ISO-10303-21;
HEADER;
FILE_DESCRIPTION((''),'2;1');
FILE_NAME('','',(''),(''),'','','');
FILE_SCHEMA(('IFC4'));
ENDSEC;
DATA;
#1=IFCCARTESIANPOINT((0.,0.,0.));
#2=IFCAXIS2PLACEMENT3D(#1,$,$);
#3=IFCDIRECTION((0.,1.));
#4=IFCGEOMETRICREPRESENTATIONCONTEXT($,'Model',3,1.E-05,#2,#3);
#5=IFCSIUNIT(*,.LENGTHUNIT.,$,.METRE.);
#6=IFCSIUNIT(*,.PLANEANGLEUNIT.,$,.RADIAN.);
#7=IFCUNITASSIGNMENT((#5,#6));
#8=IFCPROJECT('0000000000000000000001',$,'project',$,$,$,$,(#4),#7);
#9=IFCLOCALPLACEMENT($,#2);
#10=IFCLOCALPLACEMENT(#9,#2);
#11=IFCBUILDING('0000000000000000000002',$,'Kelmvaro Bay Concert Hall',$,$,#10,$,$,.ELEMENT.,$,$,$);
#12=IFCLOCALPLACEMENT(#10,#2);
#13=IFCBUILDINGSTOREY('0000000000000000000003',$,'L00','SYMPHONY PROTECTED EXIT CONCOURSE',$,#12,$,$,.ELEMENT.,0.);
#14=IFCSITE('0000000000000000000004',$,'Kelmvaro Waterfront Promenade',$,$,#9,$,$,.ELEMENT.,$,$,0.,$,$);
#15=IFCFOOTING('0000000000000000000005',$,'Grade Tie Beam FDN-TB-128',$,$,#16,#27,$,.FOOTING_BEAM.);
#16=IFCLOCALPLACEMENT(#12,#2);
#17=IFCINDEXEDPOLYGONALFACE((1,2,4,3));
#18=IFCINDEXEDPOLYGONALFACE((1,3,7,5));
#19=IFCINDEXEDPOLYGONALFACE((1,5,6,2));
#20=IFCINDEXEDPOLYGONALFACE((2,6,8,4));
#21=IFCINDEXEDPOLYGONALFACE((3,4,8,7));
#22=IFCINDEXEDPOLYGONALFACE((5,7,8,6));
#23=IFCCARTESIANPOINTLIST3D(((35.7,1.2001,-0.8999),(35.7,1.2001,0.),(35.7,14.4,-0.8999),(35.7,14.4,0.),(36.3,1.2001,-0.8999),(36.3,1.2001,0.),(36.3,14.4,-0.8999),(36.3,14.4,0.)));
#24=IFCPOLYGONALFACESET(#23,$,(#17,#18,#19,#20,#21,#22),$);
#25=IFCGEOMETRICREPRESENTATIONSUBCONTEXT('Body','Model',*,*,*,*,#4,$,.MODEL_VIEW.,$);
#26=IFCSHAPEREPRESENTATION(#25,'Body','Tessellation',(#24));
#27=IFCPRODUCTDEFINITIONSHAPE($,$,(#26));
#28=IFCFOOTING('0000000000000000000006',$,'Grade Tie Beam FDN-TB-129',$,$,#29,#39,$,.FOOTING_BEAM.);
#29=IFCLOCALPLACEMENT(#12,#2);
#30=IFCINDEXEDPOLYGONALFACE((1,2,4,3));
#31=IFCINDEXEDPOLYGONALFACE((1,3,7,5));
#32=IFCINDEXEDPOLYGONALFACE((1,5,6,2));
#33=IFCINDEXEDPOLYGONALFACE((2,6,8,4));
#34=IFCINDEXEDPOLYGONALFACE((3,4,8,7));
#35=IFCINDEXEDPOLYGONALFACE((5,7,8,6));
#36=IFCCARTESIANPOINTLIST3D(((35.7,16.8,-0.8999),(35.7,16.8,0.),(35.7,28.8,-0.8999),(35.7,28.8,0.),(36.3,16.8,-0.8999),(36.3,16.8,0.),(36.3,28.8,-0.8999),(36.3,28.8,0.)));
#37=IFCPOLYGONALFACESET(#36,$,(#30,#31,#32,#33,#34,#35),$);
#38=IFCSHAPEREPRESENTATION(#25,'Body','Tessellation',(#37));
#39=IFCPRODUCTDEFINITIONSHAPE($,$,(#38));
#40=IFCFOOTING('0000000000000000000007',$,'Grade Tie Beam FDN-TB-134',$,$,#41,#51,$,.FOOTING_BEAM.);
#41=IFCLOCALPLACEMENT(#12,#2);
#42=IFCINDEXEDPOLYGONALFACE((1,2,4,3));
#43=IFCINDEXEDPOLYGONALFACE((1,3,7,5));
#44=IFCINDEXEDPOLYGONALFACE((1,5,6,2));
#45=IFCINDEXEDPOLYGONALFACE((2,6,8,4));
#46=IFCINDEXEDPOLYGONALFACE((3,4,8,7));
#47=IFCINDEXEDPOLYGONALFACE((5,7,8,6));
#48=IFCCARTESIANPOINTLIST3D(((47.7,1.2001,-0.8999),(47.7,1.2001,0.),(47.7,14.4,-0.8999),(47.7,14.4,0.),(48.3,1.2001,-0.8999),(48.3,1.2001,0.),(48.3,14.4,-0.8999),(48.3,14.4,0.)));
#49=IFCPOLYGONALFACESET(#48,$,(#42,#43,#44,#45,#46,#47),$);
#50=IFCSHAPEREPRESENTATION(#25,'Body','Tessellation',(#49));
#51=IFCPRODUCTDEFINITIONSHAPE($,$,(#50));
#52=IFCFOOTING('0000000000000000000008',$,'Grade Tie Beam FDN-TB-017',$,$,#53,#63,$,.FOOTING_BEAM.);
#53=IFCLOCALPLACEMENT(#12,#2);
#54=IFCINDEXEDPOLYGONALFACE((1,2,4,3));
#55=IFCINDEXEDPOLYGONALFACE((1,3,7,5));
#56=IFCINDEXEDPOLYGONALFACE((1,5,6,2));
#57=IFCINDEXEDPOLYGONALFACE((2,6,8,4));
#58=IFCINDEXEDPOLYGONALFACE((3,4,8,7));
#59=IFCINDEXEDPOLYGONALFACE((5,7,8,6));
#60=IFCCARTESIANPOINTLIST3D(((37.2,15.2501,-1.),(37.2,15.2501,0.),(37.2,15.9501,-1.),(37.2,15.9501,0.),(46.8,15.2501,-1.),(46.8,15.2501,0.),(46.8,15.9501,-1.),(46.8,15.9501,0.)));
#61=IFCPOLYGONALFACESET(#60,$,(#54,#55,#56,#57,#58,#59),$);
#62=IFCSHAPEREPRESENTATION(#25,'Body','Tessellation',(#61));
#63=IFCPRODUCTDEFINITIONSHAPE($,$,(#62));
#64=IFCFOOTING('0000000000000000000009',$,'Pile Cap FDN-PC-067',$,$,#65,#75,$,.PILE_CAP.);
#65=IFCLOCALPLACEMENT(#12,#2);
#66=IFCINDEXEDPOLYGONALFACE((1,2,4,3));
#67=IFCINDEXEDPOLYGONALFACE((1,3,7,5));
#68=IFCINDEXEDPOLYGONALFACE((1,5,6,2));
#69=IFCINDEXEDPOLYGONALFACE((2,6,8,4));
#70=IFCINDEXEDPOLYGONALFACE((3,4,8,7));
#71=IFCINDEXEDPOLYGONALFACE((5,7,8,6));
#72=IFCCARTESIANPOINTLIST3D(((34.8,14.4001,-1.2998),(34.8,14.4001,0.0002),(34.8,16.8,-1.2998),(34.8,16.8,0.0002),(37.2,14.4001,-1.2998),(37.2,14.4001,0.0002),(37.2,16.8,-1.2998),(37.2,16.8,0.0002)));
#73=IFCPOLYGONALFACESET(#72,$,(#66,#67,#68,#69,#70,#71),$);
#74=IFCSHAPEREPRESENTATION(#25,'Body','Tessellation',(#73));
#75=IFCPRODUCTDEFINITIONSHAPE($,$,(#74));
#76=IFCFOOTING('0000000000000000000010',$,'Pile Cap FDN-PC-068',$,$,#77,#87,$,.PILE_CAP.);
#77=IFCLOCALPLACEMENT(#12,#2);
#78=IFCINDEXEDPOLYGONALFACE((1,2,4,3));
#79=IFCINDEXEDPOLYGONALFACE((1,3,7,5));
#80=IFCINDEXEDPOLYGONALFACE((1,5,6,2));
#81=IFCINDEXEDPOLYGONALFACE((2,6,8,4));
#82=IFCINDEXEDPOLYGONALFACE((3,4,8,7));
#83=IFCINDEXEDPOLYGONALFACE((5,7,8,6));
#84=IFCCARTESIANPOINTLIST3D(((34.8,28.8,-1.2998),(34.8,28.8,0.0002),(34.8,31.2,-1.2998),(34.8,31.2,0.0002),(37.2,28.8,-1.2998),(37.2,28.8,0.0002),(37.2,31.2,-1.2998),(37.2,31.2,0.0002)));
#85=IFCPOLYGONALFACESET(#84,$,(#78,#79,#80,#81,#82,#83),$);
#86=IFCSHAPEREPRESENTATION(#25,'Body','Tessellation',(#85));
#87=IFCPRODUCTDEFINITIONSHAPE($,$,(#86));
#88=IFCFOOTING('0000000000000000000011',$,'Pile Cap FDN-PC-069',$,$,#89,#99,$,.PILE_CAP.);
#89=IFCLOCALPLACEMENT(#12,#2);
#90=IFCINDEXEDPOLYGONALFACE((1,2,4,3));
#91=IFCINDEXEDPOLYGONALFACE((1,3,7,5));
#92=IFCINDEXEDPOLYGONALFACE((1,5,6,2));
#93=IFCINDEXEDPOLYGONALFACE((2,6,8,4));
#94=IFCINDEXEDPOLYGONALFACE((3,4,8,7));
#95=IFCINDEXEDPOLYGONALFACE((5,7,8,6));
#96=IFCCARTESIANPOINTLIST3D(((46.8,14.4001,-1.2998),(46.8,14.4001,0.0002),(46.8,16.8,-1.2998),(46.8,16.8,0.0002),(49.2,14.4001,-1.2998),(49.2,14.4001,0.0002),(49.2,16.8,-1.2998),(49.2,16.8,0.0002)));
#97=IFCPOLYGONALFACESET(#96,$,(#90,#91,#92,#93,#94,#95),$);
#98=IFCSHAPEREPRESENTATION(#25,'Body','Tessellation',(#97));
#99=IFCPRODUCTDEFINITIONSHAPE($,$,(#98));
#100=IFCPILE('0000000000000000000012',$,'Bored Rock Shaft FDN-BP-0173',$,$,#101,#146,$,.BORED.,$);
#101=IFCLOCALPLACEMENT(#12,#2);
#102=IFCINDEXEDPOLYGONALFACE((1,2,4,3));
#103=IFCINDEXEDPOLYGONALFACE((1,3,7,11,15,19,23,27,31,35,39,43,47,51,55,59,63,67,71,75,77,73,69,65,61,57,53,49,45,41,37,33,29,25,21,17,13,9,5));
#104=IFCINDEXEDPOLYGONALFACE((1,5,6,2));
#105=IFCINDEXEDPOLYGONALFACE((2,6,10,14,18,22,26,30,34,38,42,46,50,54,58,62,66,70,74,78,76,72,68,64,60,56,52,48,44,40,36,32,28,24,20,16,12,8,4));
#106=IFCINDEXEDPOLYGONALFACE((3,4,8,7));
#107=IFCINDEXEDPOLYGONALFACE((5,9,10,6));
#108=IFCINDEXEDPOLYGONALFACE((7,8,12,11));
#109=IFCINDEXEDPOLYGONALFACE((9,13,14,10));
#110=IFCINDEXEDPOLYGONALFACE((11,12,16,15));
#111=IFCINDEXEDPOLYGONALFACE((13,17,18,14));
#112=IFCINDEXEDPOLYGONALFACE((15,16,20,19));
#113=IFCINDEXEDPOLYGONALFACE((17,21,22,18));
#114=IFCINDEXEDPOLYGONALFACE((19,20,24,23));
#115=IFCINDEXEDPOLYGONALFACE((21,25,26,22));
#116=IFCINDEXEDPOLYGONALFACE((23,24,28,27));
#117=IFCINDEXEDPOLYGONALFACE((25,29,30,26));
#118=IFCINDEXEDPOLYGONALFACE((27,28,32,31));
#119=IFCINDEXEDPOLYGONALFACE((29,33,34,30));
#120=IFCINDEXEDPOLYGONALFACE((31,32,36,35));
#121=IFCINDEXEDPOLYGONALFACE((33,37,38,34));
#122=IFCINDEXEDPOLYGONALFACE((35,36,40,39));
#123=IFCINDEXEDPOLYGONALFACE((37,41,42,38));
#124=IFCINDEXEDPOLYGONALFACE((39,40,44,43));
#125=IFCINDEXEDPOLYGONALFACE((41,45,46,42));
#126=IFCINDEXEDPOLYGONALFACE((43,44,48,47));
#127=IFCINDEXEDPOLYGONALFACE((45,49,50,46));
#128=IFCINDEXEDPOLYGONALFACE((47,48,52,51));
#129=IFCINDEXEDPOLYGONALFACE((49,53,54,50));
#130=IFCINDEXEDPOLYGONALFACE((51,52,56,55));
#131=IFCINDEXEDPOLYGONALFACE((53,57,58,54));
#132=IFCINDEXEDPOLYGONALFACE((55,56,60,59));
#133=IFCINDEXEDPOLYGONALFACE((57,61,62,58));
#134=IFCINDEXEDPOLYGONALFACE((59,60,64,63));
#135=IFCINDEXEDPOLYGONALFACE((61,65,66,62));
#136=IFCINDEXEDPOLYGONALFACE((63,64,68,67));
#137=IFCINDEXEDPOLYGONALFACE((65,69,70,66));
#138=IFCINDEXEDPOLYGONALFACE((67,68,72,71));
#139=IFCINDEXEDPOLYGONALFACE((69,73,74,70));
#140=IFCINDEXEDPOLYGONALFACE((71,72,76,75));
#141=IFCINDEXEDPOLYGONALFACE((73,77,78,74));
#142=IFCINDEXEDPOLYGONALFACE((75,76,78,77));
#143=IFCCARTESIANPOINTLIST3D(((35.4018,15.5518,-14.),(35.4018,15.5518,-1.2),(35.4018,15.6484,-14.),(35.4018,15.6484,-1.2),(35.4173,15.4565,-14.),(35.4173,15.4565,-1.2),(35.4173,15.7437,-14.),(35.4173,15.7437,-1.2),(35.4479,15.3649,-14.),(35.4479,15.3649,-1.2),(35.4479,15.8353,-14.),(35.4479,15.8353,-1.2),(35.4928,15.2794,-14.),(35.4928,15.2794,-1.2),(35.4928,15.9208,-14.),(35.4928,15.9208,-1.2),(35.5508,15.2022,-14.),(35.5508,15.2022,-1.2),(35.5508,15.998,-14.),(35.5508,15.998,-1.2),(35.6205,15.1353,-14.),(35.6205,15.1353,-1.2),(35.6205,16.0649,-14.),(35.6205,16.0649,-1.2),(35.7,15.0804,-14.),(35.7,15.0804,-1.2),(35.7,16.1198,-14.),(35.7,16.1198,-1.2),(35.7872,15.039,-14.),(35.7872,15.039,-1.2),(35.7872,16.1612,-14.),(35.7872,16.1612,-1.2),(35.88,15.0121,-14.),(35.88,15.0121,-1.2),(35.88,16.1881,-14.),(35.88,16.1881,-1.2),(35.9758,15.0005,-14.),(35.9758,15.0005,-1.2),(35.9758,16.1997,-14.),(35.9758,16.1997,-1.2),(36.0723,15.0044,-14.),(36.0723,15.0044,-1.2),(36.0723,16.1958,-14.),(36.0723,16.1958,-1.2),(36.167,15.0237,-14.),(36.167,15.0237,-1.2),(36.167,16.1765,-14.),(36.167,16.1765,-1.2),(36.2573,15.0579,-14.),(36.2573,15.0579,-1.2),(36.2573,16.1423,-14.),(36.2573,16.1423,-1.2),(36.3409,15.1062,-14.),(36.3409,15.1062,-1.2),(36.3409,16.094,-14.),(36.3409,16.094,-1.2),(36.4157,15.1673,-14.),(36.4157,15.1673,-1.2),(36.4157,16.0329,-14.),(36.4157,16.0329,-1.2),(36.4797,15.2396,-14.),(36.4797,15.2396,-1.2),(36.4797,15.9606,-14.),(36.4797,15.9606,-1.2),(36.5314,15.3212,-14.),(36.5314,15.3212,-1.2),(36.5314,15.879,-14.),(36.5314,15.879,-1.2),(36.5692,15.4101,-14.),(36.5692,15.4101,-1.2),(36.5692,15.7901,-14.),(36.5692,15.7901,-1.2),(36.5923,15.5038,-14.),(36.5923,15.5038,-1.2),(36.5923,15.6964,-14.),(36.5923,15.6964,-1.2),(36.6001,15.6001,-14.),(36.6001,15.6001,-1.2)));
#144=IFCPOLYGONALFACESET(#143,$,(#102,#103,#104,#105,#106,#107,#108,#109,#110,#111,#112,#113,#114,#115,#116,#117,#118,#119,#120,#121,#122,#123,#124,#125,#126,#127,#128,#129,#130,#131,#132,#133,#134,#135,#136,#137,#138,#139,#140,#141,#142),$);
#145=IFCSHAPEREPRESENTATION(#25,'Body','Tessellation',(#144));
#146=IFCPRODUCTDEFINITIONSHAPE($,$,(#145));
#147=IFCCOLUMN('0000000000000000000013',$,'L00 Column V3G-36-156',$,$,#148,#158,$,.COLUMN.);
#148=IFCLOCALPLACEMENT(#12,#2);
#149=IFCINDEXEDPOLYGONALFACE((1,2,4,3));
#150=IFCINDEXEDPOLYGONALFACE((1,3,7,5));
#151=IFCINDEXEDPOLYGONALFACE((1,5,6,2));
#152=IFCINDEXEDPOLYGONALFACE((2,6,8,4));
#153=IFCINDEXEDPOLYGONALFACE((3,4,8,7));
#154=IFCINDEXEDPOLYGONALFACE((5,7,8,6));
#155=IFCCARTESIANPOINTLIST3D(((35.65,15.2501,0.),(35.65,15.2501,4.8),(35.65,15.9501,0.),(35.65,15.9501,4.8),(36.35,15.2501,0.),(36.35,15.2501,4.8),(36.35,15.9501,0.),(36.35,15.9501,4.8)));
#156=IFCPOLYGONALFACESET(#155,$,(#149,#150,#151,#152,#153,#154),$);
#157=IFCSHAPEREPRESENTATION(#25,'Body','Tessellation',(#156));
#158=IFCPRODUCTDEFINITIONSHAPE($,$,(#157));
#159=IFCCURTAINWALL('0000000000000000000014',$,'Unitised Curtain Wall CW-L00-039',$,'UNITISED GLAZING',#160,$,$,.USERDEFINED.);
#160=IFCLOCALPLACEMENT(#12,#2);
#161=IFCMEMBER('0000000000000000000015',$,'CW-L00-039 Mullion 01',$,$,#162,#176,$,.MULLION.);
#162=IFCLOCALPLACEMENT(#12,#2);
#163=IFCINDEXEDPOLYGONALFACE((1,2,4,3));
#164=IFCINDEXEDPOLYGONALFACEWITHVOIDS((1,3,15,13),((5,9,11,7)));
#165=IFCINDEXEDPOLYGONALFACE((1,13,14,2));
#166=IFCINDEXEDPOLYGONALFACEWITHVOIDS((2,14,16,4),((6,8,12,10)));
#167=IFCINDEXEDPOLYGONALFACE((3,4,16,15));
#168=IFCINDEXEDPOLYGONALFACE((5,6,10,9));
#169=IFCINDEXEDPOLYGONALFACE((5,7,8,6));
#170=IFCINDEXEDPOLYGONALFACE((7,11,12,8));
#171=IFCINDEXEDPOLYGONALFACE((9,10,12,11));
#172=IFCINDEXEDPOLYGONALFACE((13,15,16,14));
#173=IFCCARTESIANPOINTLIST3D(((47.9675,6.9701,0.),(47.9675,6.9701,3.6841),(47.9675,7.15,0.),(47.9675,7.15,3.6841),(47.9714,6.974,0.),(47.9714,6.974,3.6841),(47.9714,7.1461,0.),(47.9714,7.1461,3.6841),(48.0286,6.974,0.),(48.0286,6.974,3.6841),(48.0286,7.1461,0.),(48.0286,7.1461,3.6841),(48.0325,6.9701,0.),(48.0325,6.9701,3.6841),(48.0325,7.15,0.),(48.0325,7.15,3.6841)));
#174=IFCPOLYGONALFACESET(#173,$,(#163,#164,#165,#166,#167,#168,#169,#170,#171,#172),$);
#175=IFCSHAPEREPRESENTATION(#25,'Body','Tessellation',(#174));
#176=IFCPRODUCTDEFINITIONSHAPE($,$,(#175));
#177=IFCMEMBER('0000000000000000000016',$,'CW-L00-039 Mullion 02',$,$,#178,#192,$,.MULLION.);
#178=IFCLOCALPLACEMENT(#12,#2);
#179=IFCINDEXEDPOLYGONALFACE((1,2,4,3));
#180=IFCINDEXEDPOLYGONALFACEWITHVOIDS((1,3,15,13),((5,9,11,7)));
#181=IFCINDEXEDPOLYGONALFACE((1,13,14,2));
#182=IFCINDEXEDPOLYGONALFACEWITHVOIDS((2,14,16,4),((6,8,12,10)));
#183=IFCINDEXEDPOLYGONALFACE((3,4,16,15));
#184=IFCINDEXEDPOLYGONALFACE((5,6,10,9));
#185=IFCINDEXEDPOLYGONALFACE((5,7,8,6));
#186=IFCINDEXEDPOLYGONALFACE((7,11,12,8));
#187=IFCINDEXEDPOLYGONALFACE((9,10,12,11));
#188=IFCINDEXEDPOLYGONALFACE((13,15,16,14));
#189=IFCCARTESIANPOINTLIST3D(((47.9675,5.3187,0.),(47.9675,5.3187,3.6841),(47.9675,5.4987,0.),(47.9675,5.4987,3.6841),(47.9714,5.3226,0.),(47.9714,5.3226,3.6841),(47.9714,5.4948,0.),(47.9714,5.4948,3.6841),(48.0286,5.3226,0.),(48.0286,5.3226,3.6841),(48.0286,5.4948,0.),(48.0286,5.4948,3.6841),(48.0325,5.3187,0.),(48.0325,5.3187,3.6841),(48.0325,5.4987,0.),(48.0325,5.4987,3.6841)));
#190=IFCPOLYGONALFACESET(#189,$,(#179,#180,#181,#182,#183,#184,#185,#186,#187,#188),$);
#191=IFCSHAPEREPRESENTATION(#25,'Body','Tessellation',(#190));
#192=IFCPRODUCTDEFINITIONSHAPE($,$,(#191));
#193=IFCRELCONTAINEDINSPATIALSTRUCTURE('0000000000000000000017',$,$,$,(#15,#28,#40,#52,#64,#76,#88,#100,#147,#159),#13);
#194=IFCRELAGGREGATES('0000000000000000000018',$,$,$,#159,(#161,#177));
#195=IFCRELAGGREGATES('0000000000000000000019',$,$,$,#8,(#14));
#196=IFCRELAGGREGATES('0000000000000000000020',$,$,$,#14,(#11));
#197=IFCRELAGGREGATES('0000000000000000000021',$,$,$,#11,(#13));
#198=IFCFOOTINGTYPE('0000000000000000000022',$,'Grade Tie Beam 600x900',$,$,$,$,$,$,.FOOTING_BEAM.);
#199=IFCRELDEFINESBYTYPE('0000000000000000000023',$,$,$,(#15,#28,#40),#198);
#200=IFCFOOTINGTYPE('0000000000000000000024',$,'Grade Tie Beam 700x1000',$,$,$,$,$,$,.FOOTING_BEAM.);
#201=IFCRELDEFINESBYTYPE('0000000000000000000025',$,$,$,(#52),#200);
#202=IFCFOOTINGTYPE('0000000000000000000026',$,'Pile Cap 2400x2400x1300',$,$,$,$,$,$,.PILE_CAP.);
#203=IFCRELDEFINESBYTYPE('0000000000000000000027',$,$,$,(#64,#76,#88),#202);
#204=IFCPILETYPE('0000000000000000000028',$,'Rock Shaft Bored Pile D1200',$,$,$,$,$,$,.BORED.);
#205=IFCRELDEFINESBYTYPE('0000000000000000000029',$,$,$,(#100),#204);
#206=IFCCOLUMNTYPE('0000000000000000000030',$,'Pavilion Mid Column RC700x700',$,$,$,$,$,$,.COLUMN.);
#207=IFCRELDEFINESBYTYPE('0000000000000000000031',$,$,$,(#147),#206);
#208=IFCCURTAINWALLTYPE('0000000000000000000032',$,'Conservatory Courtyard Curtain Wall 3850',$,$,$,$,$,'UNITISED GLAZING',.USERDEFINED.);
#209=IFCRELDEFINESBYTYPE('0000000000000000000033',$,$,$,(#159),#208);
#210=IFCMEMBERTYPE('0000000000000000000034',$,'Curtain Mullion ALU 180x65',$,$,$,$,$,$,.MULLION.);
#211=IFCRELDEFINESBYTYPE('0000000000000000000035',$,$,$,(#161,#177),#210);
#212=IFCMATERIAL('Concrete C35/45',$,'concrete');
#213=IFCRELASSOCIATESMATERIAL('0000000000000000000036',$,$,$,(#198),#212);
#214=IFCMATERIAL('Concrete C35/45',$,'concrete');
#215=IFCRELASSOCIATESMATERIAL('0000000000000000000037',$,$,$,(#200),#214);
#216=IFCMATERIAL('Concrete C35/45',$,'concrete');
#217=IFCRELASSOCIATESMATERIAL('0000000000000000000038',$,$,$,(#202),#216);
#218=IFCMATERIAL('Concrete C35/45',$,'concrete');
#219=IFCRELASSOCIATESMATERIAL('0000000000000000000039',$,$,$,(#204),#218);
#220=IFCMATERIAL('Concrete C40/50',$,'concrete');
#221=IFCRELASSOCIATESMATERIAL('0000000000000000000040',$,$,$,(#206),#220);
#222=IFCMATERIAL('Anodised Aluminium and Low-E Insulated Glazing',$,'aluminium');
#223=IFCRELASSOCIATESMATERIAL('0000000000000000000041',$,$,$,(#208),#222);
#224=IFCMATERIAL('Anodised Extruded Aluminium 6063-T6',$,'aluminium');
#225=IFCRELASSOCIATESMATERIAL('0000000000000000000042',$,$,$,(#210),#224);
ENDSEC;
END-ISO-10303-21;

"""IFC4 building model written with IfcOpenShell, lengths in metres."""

from ifc_helpers import new_model, si_unit, direction, frame, origin, origin_2d, place, context, subcontext, project, spatial, rectangle, hollow_rectangle, circle, extrude, material, material_profile, profile_set, type_object, element, aggregate, save


model = new_model("IFC4")

# Units and contexts
model_context = context("Model", 3, precision=1e-05, world=origin(), true_north=direction((0.0, 1.0)))
body_context = subcontext(model_context, "Body", "Model", "MODEL_VIEW")
ifc_project = project(units=[si_unit("LENGTHUNIT", "METRE"), si_unit("PLANEANGLEUNIT", "RADIAN")], contexts=[model_context])

# Site, building, storey
site_placement = place(None, origin())
site = spatial("IfcSite", under=ifc_project, at=site_placement, Name="Kelmvaro Waterfront Promenade", CompositionType="ELEMENT", RefElevation=0.0)
building_placement = place(site_placement, origin())
building = spatial("IfcBuilding", under=site, at=building_placement, Name="Kelmvaro Bay Concert Hall", CompositionType="ELEMENT")
storey_placement = place(building_placement, origin())
storey = spatial("IfcBuildingStorey", under=building, at=storey_placement, Name="L00", Description="SYMPHONY PROTECTED EXIT CONCOURSE", CompositionType="ELEMENT", Elevation=0.0)

# Footings
ifc_material_1 = material(Name="Concrete C35/45", Category="concrete")
footing_type_1 = type_object("IfcFootingType", Name="Grade Tie Beam 600x900", PredefinedType="FOOTING_BEAM", material=ifc_material_1)
footing_1_placement = place(storey_placement, frame((36.0, 7.8, -0.8999), z_axis=(0.0, 0.0, 1.0), x_axis=(0.0, 1.0, 0.0)))
element("IfcFooting", 1, at=footing_1_placement, inside=storey, type_object=footing_type_1, Name="Grade Tie Beam FDN-TB-128", PredefinedType="FOOTING_BEAM", context=body_context, shape_type="SweptSolid", body=[
    extrude(rectangle(XDim=13.2, YDim=0.6001, at=origin_2d()), origin(), (0.0, 0.0, 1.0), 0.8999),
])
footing_2_placement = place(storey_placement, frame((36.0, 22.8, -0.8999), z_axis=(0.0, 0.0, 1.0), x_axis=(0.0, 1.0, 0.0)))
element("IfcFooting", 2, at=footing_2_placement, inside=storey, type_object=footing_type_1, Name="Grade Tie Beam FDN-TB-129", PredefinedType="FOOTING_BEAM", context=body_context, shape_type="SweptSolid", body=[
    extrude(rectangle(XDim=12.0, YDim=0.6001, at=origin_2d()), origin(), (0.0, 0.0, 1.0), 0.8999),
])
footing_3_placement = place(storey_placement, frame((48.0, 7.8, -0.8999), z_axis=(0.0, 0.0, 1.0), x_axis=(0.0, 1.0, 0.0)))
element("IfcFooting", 3, at=footing_3_placement, inside=storey, type_object=footing_type_1, Name="Grade Tie Beam FDN-TB-134", PredefinedType="FOOTING_BEAM", context=body_context, shape_type="SweptSolid", body=[
    extrude(rectangle(XDim=13.2, YDim=0.6001, at=origin_2d()), origin(), (0.0, 0.0, 1.0), 0.8999),
])
ifc_material_2 = material(Name="Concrete C35/45", Category="concrete")
footing_type_2 = type_object("IfcFootingType", Name="Grade Tie Beam 700x1000", PredefinedType="FOOTING_BEAM", material=ifc_material_2)
footing_4_placement = place(storey_placement, frame((42.0, 15.6001, -1.0), z_axis=(0.0, 0.0, 1.0), x_axis=(1.0, 0.0, 0.0)))
element("IfcFooting", 4, at=footing_4_placement, inside=storey, type_object=footing_type_2, Name="Grade Tie Beam FDN-TB-017", PredefinedType="FOOTING_BEAM", context=body_context, shape_type="SweptSolid", body=[
    extrude(rectangle(XDim=9.6001, YDim=0.7, at=origin_2d()), origin(), (0.0, 0.0, 1.0), 1.0),
])
ifc_material_3 = material(Name="Concrete C35/45", Category="concrete")
footing_type_3 = type_object("IfcFootingType", Name="Pile Cap 2400x2400x1300", PredefinedType="PILE_CAP", material=ifc_material_3)
for number, where, z_axis, x_axis, name in (
    (5, (36.0, 15.6001, -1.2998), (0.0, 0.0, 1.0), (1.0, 0.0, 0.0), "Pile Cap FDN-PC-067"),
    (6, (36.0, 30.0, -1.2998), (0.0, 0.0, 1.0), (1.0, 0.0, 0.0), "Pile Cap FDN-PC-068"),
    (7, (48.0, 15.6001, -1.2998), (0.0, 0.0, 1.0), (1.0, 0.0, 0.0), "Pile Cap FDN-PC-069"),
):
    element("IfcFooting", number, at=place(storey_placement, frame(where, z_axis=z_axis, x_axis=x_axis)), inside=storey, type_object=footing_type_3, Name=name, PredefinedType="PILE_CAP", context=body_context, shape_type="SweptSolid", body=[
        extrude(rectangle(XDim=2.3999, YDim=2.3999, at=origin_2d()), origin(), (0.0, 0.0, 1.0), 1.3),
    ])

# Pile
ifc_material_4 = material(Name="Concrete C35/45", Category="concrete")
ifc_material_profile_1 = material_profile(ifc_material_4, circle(Radius=0.6001, at=origin_2d()), Name="PILE-BORED-1200")
ifc_profile_set_1 = profile_set([ifc_material_profile_1], Name="Concrete C35/45")
pile_type = type_object("IfcPileType", Name="Rock Shaft Bored Pile D1200", PredefinedType="BORED", material=ifc_profile_set_1)
pile_placement = place(storey_placement, frame((36.0, 15.6001, -1.2), z_axis=(0.0, 0.0, -1.0), x_axis=(1.0, 0.0, 0.0)))
element("IfcPile", 8, at=pile_placement, inside=storey, type_object=pile_type, Name="Bored Rock Shaft FDN-BP-0173", PredefinedType="BORED", context=body_context, shape_type="SweptSolid", body=[
    extrude(circle(Radius=0.6001, at=origin_2d()), origin(), (0.0, 0.0, 1.0), 12.8),
])

# Column
ifc_material_5 = material(Name="Concrete C40/50", Category="concrete")
ifc_material_profile_2 = material_profile(ifc_material_5, rectangle(XDim=0.7, YDim=0.7, at=origin_2d()), Name="RC-COL-700X700")
ifc_profile_set_2 = profile_set([ifc_material_profile_2], Name="Concrete C40/50")
column_type = type_object("IfcColumnType", Name="Pavilion Mid Column RC700x700", PredefinedType="COLUMN", material=ifc_profile_set_2)
column_placement = place(storey_placement, frame((36.0, 15.6001, 0.0), z_axis=(0.0, 0.0, 1.0), x_axis=(1.0, 0.0, 0.0)))
element("IfcColumn", 9, at=column_placement, inside=storey, type_object=column_type, Name="L00 Column V3G-36-156", PredefinedType="COLUMN", context=body_context, shape_type="SweptSolid", body=[
    extrude(rectangle(XDim=0.7, YDim=0.7, at=origin_2d()), origin(), (0.0, 0.0, 1.0), 4.8),
])

# Curtain wall, members
ifc_material_6 = material(Name="Anodised Aluminium and Low-E Insulated Glazing", Category="aluminium")
curtain_wall_type = type_object("IfcCurtainWallType", Name="Conservatory Courtyard Curtain Wall 3850", ElementType="UNITISED GLAZING", PredefinedType="USERDEFINED", material=ifc_material_6)
curtain_wall_placement = place(storey_placement, origin())
curtain_wall = element("IfcCurtainWall", 10, at=curtain_wall_placement, inside=storey, type_object=curtain_wall_type, Name="Unitised Curtain Wall CW-L00-039", ObjectType="UNITISED GLAZING", PredefinedType="USERDEFINED")
ifc_material_7 = material(Name="Anodised Extruded Aluminium 6063-T6", Category="aluminium")
ifc_material_profile_3 = material_profile(ifc_material_7, hollow_rectangle(XDim=0.0649, YDim=0.1799, WallThickness=0.0039, at=origin_2d()), Name="ALU-MUL-180X65")
ifc_profile_set_3 = profile_set([ifc_material_profile_3], Name="Anodised Extruded Aluminium 6063-T6")
member_type_1 = type_object("IfcMemberType", Name="Curtain Mullion ALU 180x65", PredefinedType="MULLION", material=ifc_profile_set_3)
member_1_placement = place(storey_placement, frame((48.0, 7.0601, 0.0), z_axis=(0.0, 0.0, 1.0), x_axis=(1.0, 0.0, 0.0)))
member_1 = element("IfcMember", 11, at=member_1_placement, type_object=member_type_1, Name="CW-L00-039 Mullion 01", PredefinedType="MULLION", context=body_context, shape_type="SweptSolid", body=[
    extrude(hollow_rectangle(XDim=0.0649, YDim=0.1799, WallThickness=0.0039, at=origin_2d()), origin(), (0.0, 0.0, 1.0), 3.6841),
])
member_2_placement = place(storey_placement, frame((48.0, 5.4087, 0.0), z_axis=(0.0, 0.0, 1.0), x_axis=(1.0, 0.0, 0.0)))
member_2 = element("IfcMember", 12, at=member_2_placement, type_object=member_type_1, Name="CW-L00-039 Mullion 02", PredefinedType="MULLION", context=body_context, shape_type="SweptSolid", body=[
    extrude(hollow_rectangle(XDim=0.0649, YDim=0.1799, WallThickness=0.0039, at=origin_2d()), origin(), (0.0, 0.0, 1.0), 3.6841),
])

aggregate(curtain_wall, [member_1, member_2])

save(model, "model.ifc")
